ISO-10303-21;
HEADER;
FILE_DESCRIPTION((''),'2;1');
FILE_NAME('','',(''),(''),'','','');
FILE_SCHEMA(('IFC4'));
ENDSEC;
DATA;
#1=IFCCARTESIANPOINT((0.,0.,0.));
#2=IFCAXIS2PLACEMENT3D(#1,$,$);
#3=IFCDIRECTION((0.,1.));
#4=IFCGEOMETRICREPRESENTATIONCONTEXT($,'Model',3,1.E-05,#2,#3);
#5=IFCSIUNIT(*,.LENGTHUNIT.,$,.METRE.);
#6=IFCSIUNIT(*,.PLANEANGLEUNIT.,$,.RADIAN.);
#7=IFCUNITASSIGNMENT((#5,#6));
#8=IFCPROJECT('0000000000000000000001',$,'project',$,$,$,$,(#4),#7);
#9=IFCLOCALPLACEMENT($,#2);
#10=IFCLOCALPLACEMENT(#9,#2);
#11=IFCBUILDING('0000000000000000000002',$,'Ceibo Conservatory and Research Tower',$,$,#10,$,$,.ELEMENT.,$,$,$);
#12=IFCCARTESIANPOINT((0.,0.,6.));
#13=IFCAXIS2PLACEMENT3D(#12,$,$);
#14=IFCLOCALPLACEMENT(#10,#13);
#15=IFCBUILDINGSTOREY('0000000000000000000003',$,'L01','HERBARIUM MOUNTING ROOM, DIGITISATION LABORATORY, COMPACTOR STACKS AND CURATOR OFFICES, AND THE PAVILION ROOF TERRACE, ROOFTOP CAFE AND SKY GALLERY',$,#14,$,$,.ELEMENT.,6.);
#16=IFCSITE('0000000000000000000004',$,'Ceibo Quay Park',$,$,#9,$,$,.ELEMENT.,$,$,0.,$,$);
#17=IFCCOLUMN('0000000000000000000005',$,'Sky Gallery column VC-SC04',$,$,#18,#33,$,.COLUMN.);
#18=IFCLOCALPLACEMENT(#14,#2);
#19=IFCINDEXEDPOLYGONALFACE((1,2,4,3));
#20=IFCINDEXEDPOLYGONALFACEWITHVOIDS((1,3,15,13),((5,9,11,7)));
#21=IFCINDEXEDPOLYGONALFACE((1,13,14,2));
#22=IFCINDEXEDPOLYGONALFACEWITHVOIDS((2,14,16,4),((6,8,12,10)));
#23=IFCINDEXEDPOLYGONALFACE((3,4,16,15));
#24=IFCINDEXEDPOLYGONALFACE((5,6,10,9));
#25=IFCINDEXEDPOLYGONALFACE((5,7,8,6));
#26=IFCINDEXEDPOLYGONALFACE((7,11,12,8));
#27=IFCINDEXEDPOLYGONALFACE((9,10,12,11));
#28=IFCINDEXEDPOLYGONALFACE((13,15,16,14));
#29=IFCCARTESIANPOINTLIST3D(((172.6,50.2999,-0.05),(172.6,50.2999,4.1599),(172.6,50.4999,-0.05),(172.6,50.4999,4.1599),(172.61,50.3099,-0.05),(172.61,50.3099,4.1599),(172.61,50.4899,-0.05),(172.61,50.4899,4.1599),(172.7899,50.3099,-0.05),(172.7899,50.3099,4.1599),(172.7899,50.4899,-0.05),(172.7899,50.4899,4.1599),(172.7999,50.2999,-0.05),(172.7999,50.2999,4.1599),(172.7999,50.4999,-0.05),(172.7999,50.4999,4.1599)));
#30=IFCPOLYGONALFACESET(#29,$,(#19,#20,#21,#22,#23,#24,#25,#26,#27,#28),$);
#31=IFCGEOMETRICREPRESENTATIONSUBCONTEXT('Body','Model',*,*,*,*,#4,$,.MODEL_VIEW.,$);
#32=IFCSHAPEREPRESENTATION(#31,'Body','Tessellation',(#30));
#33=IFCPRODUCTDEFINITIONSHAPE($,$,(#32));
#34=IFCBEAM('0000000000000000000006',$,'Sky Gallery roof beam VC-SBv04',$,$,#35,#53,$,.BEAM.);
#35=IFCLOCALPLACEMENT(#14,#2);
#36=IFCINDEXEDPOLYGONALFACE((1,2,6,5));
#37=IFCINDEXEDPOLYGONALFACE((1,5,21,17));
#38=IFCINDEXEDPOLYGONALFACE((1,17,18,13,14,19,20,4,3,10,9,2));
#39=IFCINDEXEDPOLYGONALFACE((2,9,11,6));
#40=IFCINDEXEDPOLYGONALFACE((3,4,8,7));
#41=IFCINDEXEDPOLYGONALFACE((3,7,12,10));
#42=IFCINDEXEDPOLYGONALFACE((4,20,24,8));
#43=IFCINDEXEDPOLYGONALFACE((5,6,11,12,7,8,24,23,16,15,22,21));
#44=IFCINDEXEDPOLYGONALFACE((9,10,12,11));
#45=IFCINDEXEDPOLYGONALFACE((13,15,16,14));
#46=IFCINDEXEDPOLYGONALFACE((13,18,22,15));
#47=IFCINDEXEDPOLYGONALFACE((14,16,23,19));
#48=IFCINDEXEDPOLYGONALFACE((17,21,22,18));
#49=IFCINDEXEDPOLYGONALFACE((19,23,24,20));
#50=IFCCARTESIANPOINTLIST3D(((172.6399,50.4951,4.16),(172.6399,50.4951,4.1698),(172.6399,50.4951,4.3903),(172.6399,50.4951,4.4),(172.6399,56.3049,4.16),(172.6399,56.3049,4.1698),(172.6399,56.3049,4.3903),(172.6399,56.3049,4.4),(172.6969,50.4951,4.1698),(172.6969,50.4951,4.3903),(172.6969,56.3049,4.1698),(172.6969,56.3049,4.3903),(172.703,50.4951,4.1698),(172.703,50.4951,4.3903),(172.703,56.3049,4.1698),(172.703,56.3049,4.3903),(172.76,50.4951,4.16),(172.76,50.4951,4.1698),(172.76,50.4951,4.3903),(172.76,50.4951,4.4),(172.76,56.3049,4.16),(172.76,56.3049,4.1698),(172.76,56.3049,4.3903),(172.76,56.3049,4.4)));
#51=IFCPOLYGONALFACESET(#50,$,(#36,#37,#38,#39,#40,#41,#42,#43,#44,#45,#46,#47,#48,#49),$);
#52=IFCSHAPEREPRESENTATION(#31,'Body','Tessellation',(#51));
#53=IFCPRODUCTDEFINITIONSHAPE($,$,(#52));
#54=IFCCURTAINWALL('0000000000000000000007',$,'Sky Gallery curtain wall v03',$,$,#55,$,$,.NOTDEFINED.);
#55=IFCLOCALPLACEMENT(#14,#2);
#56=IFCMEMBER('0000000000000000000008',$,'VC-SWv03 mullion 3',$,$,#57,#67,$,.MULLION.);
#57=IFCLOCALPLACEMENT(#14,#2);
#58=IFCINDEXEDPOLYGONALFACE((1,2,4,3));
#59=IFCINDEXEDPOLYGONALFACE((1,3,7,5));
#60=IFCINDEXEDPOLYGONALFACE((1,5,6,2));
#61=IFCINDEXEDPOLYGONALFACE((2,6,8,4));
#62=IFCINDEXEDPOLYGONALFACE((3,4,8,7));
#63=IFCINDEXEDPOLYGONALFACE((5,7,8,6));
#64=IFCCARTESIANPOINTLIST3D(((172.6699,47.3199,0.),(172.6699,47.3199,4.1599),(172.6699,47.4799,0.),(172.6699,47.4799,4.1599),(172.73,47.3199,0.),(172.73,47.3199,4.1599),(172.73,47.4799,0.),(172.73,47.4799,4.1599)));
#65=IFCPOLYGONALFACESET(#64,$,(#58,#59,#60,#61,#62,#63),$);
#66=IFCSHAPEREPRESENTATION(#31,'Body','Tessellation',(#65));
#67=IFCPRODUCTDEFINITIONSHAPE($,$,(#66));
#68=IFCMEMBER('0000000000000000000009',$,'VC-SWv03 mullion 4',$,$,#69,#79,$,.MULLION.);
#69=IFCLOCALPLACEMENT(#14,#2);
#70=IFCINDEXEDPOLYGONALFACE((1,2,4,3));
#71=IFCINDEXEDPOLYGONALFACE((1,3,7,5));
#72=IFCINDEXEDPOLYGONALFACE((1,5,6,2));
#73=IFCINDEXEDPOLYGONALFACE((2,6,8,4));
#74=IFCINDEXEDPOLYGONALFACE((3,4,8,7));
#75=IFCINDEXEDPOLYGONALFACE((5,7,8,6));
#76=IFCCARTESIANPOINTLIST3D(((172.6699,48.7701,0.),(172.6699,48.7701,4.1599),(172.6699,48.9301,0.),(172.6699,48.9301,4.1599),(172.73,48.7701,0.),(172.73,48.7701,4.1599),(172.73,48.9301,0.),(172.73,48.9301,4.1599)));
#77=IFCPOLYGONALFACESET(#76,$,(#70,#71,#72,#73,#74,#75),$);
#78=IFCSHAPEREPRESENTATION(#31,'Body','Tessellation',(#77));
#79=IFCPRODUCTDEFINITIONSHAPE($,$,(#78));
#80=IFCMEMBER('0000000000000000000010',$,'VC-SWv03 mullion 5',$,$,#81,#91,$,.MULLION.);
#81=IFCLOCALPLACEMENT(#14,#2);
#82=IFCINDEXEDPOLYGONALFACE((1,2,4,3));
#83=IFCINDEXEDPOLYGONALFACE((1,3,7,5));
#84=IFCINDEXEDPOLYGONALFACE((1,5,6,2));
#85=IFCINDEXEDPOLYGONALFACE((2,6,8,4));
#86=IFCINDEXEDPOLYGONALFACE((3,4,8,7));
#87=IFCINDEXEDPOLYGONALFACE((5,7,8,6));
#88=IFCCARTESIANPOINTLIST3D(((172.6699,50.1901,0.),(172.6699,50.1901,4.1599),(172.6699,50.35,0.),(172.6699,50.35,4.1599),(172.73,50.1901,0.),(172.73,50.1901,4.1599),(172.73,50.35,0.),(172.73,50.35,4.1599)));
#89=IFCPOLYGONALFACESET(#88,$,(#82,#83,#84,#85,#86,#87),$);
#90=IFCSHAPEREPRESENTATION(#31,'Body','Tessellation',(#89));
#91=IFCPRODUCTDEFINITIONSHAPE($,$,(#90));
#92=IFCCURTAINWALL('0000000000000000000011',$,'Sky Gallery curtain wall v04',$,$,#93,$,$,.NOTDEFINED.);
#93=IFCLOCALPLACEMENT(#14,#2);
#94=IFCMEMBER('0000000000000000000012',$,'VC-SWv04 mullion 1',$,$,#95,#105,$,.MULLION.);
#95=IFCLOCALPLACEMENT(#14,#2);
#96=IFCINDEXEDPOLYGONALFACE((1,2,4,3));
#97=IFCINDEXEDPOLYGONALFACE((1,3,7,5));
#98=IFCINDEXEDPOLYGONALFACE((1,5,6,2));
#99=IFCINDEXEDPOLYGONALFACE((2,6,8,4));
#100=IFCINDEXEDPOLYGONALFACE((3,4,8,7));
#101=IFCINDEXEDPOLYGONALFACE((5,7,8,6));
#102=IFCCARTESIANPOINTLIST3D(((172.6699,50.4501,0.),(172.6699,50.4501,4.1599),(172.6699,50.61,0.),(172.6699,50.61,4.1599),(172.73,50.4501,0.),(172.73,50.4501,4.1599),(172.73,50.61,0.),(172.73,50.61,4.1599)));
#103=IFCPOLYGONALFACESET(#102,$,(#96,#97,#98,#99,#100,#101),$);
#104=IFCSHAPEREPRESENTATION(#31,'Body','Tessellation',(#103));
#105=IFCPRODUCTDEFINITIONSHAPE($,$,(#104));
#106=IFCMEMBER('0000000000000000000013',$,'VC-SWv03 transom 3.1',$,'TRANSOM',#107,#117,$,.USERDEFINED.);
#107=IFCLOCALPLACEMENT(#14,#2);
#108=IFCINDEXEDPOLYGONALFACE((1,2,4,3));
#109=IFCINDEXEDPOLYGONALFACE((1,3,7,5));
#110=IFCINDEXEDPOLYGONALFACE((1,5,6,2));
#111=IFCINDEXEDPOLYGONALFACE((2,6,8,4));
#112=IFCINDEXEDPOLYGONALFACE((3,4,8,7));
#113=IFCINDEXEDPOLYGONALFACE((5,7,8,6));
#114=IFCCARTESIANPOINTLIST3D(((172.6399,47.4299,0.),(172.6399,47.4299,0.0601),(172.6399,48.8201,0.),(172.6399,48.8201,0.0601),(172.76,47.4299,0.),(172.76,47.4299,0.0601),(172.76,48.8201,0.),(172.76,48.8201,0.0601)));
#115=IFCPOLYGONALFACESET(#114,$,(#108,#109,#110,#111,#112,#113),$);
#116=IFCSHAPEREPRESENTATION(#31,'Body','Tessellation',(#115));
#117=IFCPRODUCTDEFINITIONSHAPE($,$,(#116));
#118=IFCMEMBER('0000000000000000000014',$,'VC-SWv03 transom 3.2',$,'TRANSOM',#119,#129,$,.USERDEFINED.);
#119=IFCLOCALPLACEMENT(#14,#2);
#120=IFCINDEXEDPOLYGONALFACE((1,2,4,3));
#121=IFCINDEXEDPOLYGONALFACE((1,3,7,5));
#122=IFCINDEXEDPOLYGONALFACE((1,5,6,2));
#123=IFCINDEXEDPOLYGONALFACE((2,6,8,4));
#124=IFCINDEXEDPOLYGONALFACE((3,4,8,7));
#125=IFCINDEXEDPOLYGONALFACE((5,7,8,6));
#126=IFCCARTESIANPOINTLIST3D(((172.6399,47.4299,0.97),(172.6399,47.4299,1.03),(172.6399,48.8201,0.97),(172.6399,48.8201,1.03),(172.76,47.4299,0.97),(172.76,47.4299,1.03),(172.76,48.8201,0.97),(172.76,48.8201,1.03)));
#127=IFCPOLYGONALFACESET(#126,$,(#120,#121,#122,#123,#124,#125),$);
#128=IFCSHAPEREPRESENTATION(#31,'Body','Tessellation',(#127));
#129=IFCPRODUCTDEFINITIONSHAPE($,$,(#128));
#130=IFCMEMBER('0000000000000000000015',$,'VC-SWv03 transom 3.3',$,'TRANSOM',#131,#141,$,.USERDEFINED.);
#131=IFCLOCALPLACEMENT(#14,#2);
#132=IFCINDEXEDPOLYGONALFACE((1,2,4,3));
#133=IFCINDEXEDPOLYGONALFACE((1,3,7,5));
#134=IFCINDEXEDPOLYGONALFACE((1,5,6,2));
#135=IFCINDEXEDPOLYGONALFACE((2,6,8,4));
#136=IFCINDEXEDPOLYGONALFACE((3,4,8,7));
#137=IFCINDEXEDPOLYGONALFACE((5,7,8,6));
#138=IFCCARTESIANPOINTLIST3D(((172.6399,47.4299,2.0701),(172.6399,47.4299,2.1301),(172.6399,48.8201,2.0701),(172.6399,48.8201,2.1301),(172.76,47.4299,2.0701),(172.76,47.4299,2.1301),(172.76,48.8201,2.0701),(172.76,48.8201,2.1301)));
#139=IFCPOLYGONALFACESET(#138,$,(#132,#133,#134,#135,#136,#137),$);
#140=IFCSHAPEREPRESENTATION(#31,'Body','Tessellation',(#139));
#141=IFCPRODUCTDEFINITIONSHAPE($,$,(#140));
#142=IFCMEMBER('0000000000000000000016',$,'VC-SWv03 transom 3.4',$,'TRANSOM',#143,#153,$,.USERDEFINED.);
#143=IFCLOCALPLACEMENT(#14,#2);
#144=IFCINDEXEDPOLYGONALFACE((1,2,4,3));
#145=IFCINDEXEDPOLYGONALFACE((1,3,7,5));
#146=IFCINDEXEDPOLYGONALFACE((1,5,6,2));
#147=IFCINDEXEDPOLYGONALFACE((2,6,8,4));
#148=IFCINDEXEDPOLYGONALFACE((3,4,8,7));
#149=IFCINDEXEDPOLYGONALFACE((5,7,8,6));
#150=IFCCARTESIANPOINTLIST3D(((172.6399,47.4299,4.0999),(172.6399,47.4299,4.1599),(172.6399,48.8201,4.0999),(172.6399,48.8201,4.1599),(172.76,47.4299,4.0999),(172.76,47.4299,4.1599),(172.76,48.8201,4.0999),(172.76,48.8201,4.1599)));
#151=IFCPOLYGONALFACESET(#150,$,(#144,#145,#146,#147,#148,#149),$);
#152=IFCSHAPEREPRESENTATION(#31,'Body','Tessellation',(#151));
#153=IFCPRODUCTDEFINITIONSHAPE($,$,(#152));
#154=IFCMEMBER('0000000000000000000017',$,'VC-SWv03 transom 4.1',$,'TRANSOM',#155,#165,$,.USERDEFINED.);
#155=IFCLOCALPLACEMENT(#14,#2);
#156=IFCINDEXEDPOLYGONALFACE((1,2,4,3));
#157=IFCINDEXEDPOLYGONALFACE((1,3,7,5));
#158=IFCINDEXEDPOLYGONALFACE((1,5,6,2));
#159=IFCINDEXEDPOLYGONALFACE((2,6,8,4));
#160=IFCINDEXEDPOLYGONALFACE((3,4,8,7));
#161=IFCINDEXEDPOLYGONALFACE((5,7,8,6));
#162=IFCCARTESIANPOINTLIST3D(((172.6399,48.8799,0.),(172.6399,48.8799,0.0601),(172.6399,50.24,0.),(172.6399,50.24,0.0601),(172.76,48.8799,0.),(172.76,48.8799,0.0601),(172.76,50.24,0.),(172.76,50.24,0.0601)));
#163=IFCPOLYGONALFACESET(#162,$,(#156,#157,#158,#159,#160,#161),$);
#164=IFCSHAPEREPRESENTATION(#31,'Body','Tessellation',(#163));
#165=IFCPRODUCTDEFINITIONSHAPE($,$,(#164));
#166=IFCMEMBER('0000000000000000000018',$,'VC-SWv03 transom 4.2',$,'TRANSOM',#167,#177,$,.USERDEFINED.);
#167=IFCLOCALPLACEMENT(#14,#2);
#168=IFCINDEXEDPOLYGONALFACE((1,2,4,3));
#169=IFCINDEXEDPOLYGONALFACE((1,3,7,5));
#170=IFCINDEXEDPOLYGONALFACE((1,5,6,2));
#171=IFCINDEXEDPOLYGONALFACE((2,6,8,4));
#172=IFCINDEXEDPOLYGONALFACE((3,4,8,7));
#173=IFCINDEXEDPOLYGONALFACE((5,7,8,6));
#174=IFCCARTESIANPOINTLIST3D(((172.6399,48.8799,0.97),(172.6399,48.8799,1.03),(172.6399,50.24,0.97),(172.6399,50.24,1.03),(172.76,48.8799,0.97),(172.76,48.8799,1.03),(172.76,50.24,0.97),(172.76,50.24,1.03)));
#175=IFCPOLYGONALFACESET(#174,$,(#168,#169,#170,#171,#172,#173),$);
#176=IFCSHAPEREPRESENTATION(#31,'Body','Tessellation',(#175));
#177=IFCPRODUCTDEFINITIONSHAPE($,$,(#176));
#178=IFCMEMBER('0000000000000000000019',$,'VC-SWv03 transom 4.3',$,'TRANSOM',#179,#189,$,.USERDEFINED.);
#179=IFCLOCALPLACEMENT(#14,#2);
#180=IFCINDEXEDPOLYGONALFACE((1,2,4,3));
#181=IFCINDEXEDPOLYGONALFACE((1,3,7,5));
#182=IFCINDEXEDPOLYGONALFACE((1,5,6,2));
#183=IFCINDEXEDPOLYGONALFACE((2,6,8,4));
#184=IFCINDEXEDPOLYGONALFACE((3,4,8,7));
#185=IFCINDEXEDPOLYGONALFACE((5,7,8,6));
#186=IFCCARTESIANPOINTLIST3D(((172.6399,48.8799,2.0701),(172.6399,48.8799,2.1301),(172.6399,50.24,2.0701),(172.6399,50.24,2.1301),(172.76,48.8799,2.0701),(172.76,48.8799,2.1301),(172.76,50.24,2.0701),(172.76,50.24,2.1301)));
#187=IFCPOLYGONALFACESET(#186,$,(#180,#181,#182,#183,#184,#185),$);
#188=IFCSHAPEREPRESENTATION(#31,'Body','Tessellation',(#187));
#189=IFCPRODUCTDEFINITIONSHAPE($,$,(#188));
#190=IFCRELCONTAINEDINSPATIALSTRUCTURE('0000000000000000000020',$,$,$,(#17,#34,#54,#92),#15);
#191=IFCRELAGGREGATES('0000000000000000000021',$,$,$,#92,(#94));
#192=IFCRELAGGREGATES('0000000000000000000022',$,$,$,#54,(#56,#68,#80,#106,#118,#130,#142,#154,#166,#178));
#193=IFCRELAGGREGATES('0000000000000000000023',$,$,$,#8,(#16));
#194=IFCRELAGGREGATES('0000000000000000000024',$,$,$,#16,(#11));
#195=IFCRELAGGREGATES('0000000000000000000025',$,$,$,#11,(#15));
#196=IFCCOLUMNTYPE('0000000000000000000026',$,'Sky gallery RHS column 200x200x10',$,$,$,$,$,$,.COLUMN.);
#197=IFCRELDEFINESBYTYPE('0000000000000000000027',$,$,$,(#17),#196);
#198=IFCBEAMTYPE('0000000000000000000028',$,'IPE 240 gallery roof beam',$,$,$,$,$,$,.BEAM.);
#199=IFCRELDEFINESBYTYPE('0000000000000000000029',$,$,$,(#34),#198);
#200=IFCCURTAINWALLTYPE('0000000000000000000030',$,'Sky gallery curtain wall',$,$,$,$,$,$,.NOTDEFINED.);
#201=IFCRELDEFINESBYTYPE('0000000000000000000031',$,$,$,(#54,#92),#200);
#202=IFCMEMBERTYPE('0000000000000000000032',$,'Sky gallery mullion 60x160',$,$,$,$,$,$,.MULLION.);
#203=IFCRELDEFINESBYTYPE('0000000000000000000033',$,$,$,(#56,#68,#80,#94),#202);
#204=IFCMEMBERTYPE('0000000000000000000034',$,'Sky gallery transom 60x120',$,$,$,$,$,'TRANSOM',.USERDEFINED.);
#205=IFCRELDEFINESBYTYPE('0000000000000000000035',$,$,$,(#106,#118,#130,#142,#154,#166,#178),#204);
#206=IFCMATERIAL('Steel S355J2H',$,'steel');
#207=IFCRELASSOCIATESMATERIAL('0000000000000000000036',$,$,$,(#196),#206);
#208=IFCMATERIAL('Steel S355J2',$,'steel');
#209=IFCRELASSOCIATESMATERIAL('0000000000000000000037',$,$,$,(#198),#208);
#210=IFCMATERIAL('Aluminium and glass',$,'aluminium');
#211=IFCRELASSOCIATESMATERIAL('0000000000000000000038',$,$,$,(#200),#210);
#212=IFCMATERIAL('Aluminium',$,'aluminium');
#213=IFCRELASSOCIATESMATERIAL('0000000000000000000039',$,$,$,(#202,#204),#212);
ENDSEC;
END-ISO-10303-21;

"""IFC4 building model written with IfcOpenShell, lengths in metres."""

from ifc_helpers import new_model, si_unit, direction, frame, origin, origin_2d, place, context, subcontext, project, spatial, rectangle, hollow_rectangle, i_section, extrude, material, material_profile, profile_set, type_object, element, aggregate, save


model = new_model("IFC4")

# Units and contexts
model_context = context("Model", 3, precision=1e-05, world=origin(), true_north=direction((0.0, 1.0)))
body_context = subcontext(model_context, "Body", "Model", "MODEL_VIEW")
ifc_project = project(units=[si_unit("LENGTHUNIT", "METRE"), si_unit("PLANEANGLEUNIT", "RADIAN")], contexts=[model_context])

# Site, building, storey
site_placement = place(None, origin())
site = spatial("IfcSite", under=ifc_project, at=site_placement, Name="Ceibo Quay Park", CompositionType="ELEMENT", RefElevation=0.0)
building_placement = place(site_placement, origin())
building = spatial("IfcBuilding", under=site, at=building_placement, Name="Ceibo Conservatory and Research Tower", CompositionType="ELEMENT")
storey_placement = place(building_placement, frame((0.0, 0.0, 6.0)))
storey = spatial("IfcBuildingStorey", under=building, at=storey_placement, Name="L01", Description="HERBARIUM MOUNTING ROOM, DIGITISATION LABORATORY, COMPACTOR STACKS AND CURATOR OFFICES, AND THE PAVILION ROOF TERRACE, ROOFTOP CAFE AND SKY GALLERY", CompositionType="ELEMENT", Elevation=6.0)

# Column
ifc_material_1 = material(Name="Steel S355J2H", Category="steel")
ifc_material_profile_1 = material_profile(ifc_material_1, hollow_rectangle(XDim=0.2, YDim=0.2, WallThickness=0.01, at=origin_2d()), Name="Sky gallery RHS column 200x200x10")
ifc_profile_set_1 = profile_set([ifc_material_profile_1], Name="Steel S355J2H")
column_type = type_object("IfcColumnType", Name="Sky gallery RHS column 200x200x10", PredefinedType="COLUMN", material=ifc_profile_set_1)
column_placement = place(storey_placement, frame((172.7, 50.3999, -0.05), z_axis=(0.0, 0.0, 1.0), x_axis=(1.0, 0.0, 0.0)))
element("IfcColumn", 1, at=column_placement, inside=storey, type_object=column_type, Name="Sky Gallery column VC-SC04", PredefinedType="COLUMN", context=body_context, shape_type="SweptSolid", body=[
    extrude(hollow_rectangle(XDim=0.2, YDim=0.2, WallThickness=0.01, at=origin_2d()), origin(), (0.0, 0.0, 1.0), 4.21),
])

# Beam
ifc_material_2 = material(Name="Steel S355J2", Category="steel")
ifc_material_profile_2 = material_profile(ifc_material_2, i_section(OverallWidth=0.1201, OverallDepth=0.24, WebThickness=0.0061, FlangeThickness=0.0098, at=origin_2d()), Name="IPE 240")
ifc_profile_set_2 = profile_set([ifc_material_profile_2], Name="Steel S355J2")
beam_type = type_object("IfcBeamType", Name="IPE 240 gallery roof beam", PredefinedType="BEAM", material=ifc_profile_set_2)
beam_placement = place(storey_placement, frame((172.7, 50.4951, 4.28), z_axis=(0.0, 1.0, 0.0), x_axis=(-1.0, 0.0, 0.0)))
element("IfcBeam", 2, at=beam_placement, inside=storey, type_object=beam_type, Name="Sky Gallery roof beam VC-SBv04", PredefinedType="BEAM", context=body_context, shape_type="SweptSolid", body=[
    extrude(i_section(OverallWidth=0.1201, OverallDepth=0.24, WebThickness=0.0061, FlangeThickness=0.0098, at=origin_2d()), origin(), (0.0, 0.0, 1.0), 5.8098),
])

# Curtain wall, members
ifc_material_3 = material(Name="Aluminium and glass", Category="aluminium")
curtain_wall_type = type_object("IfcCurtainWallType", Name="Sky gallery curtain wall", PredefinedType="NOTDEFINED", material=ifc_material_3)
curtain_wall_1_placement = place(storey_placement, origin())
curtain_wall_1 = element("IfcCurtainWall", 3, at=curtain_wall_1_placement, inside=storey, type_object=curtain_wall_type, Name="Sky Gallery curtain wall v03", PredefinedType="NOTDEFINED")
ifc_material_4 = material(Name="Aluminium", Category="aluminium")
ifc_material_profile_3 = material_profile(ifc_material_4, rectangle(XDim=0.0601, YDim=0.1599, at=origin_2d()), Name="AL 60x160")
ifc_profile_set_3 = profile_set([ifc_material_profile_3], Name="Aluminium")
member_type_1 = type_object("IfcMemberType", Name="Sky gallery mullion 60x160", PredefinedType="MULLION", material=ifc_profile_set_3)
member_1_placement = place(storey_placement, frame((172.7, 47.3999, 0.0), z_axis=(0.0, 0.0, 1.0), x_axis=(-1.0, 0.0, 0.0)))
member_1 = element("IfcMember", 4, at=member_1_placement, type_object=member_type_1, Name="VC-SWv03 mullion 3", PredefinedType="MULLION", context=body_context, shape_type="SweptSolid", body=[
    extrude(rectangle(XDim=0.0601, YDim=0.1599, at=origin_2d()), origin(), (0.0, 0.0, 1.0), 4.1599),
])
member_2_placement = place(storey_placement, frame((172.7, 48.8501, 0.0), z_axis=(0.0, 0.0, 1.0), x_axis=(-1.0, 0.0, 0.0)))
member_2 = element("IfcMember", 5, at=member_2_placement, type_object=member_type_1, Name="VC-SWv03 mullion 4", PredefinedType="MULLION", context=body_context, shape_type="SweptSolid", body=[
    extrude(rectangle(XDim=0.0601, YDim=0.1599, at=origin_2d()), origin(), (0.0, 0.0, 1.0), 4.1599),
])
member_3_placement = place(storey_placement, frame((172.7, 50.27, 0.0), z_axis=(0.0, 0.0, 1.0), x_axis=(-1.0, 0.0, 0.0)))
member_3 = element("IfcMember", 6, at=member_3_placement, type_object=member_type_1, Name="VC-SWv03 mullion 5", PredefinedType="MULLION", context=body_context, shape_type="SweptSolid", body=[
    extrude(rectangle(XDim=0.0601, YDim=0.1599, at=origin_2d()), origin(), (0.0, 0.0, 1.0), 4.1599),
])

# Curtain wall, member
curtain_wall_2_placement = place(storey_placement, origin())
curtain_wall_2 = element("IfcCurtainWall", 7, at=curtain_wall_2_placement, inside=storey, type_object=curtain_wall_type, Name="Sky Gallery curtain wall v04", PredefinedType="NOTDEFINED")
member_4_placement = place(storey_placement, frame((172.7, 50.53, 0.0), z_axis=(0.0, 0.0, 1.0), x_axis=(-1.0, 0.0, 0.0)))
member_4 = element("IfcMember", 8, at=member_4_placement, type_object=member_type_1, Name="VC-SWv04 mullion 1", PredefinedType="MULLION", context=body_context, shape_type="SweptSolid", body=[
    extrude(rectangle(XDim=0.0601, YDim=0.1599, at=origin_2d()), origin(), (0.0, 0.0, 1.0), 4.1599),
])
aggregate(curtain_wall_2, [member_4])

# Members
ifc_material_profile_4 = material_profile(ifc_material_4, rectangle(XDim=0.1201, YDim=0.0601, at=origin_2d()), Name="AL 60x120")
ifc_profile_set_4 = profile_set([ifc_material_profile_4], Name="Aluminium")
member_type_2 = type_object("IfcMemberType", Name="Sky gallery transom 60x120", ElementType="TRANSOM", PredefinedType="USERDEFINED", material=ifc_profile_set_4)
member_5_placement = place(storey_placement, frame((172.7, 47.4299, 0.03), z_axis=(0.0, 1.0, 0.0), x_axis=(-1.0, 0.0, 0.0)))
member_5 = element("IfcMember", 9, at=member_5_placement, type_object=member_type_2, Name="VC-SWv03 transom 3.1", ObjectType="TRANSOM", PredefinedType="USERDEFINED", context=body_context, shape_type="SweptSolid", body=[
    extrude(rectangle(XDim=0.1201, YDim=0.0601, at=origin_2d()), origin(), (0.0, 0.0, 1.0), 1.3901),
])
member_6_placement = place(storey_placement, frame((172.7, 47.4299, 1.0), z_axis=(0.0, 1.0, 0.0), x_axis=(-1.0, 0.0, 0.0)))
member_6 = element("IfcMember", 10, at=member_6_placement, type_object=member_type_2, Name="VC-SWv03 transom 3.2", ObjectType="TRANSOM", PredefinedType="USERDEFINED", context=body_context, shape_type="SweptSolid", body=[
    extrude(rectangle(XDim=0.1201, YDim=0.0601, at=origin_2d()), origin(), (0.0, 0.0, 1.0), 1.3901),
])
member_7_placement = place(storey_placement, frame((172.7, 47.4299, 2.1001), z_axis=(0.0, 1.0, 0.0), x_axis=(-1.0, 0.0, 0.0)))
member_7 = element("IfcMember", 11, at=member_7_placement, type_object=member_type_2, Name="VC-SWv03 transom 3.3", ObjectType="TRANSOM", PredefinedType="USERDEFINED", context=body_context, shape_type="SweptSolid", body=[
    extrude(rectangle(XDim=0.1201, YDim=0.0601, at=origin_2d()), origin(), (0.0, 0.0, 1.0), 1.3901),
])
member_8_placement = place(storey_placement, frame((172.7, 47.4299, 4.1299), z_axis=(0.0, 1.0, 0.0), x_axis=(-1.0, 0.0, 0.0)))
member_8 = element("IfcMember", 12, at=member_8_placement, type_object=member_type_2, Name="VC-SWv03 transom 3.4", ObjectType="TRANSOM", PredefinedType="USERDEFINED", context=body_context, shape_type="SweptSolid", body=[
    extrude(rectangle(XDim=0.1201, YDim=0.0601, at=origin_2d()), origin(), (0.0, 0.0, 1.0), 1.3901),
])
member_9_placement = place(storey_placement, frame((172.7, 48.8799, 0.03), z_axis=(0.0, 1.0, 0.0), x_axis=(-1.0, 0.0, 0.0)))
member_9 = element("IfcMember", 13, at=member_9_placement, type_object=member_type_2, Name="VC-SWv03 transom 4.1", ObjectType="TRANSOM", PredefinedType="USERDEFINED", context=body_context, shape_type="SweptSolid", body=[
    extrude(rectangle(XDim=0.1201, YDim=0.0601, at=origin_2d()), origin(), (0.0, 0.0, 1.0), 1.3601),
])
member_10_placement = place(storey_placement, frame((172.7, 48.8799, 1.0), z_axis=(0.0, 1.0, 0.0), x_axis=(-1.0, 0.0, 0.0)))
member_10 = element("IfcMember", 14, at=member_10_placement, type_object=member_type_2, Name="VC-SWv03 transom 4.2", ObjectType="TRANSOM", PredefinedType="USERDEFINED", context=body_context, shape_type="SweptSolid", body=[
    extrude(rectangle(XDim=0.1201, YDim=0.0601, at=origin_2d()), origin(), (0.0, 0.0, 1.0), 1.3601),
])
member_11_placement = place(storey_placement, frame((172.7, 48.8799, 2.1001), z_axis=(0.0, 1.0, 0.0), x_axis=(-1.0, 0.0, 0.0)))
member_11 = element("IfcMember", 15, at=member_11_placement, type_object=member_type_2, Name="VC-SWv03 transom 4.3", ObjectType="TRANSOM", PredefinedType="USERDEFINED", context=body_context, shape_type="SweptSolid", body=[
    extrude(rectangle(XDim=0.1201, YDim=0.0601, at=origin_2d()), origin(), (0.0, 0.0, 1.0), 1.3601),
])

aggregate(curtain_wall_1, [member_1, member_2, member_3, member_5, member_6, member_7, member_8, member_9, member_10, member_11])

save(model, "model.ifc")
